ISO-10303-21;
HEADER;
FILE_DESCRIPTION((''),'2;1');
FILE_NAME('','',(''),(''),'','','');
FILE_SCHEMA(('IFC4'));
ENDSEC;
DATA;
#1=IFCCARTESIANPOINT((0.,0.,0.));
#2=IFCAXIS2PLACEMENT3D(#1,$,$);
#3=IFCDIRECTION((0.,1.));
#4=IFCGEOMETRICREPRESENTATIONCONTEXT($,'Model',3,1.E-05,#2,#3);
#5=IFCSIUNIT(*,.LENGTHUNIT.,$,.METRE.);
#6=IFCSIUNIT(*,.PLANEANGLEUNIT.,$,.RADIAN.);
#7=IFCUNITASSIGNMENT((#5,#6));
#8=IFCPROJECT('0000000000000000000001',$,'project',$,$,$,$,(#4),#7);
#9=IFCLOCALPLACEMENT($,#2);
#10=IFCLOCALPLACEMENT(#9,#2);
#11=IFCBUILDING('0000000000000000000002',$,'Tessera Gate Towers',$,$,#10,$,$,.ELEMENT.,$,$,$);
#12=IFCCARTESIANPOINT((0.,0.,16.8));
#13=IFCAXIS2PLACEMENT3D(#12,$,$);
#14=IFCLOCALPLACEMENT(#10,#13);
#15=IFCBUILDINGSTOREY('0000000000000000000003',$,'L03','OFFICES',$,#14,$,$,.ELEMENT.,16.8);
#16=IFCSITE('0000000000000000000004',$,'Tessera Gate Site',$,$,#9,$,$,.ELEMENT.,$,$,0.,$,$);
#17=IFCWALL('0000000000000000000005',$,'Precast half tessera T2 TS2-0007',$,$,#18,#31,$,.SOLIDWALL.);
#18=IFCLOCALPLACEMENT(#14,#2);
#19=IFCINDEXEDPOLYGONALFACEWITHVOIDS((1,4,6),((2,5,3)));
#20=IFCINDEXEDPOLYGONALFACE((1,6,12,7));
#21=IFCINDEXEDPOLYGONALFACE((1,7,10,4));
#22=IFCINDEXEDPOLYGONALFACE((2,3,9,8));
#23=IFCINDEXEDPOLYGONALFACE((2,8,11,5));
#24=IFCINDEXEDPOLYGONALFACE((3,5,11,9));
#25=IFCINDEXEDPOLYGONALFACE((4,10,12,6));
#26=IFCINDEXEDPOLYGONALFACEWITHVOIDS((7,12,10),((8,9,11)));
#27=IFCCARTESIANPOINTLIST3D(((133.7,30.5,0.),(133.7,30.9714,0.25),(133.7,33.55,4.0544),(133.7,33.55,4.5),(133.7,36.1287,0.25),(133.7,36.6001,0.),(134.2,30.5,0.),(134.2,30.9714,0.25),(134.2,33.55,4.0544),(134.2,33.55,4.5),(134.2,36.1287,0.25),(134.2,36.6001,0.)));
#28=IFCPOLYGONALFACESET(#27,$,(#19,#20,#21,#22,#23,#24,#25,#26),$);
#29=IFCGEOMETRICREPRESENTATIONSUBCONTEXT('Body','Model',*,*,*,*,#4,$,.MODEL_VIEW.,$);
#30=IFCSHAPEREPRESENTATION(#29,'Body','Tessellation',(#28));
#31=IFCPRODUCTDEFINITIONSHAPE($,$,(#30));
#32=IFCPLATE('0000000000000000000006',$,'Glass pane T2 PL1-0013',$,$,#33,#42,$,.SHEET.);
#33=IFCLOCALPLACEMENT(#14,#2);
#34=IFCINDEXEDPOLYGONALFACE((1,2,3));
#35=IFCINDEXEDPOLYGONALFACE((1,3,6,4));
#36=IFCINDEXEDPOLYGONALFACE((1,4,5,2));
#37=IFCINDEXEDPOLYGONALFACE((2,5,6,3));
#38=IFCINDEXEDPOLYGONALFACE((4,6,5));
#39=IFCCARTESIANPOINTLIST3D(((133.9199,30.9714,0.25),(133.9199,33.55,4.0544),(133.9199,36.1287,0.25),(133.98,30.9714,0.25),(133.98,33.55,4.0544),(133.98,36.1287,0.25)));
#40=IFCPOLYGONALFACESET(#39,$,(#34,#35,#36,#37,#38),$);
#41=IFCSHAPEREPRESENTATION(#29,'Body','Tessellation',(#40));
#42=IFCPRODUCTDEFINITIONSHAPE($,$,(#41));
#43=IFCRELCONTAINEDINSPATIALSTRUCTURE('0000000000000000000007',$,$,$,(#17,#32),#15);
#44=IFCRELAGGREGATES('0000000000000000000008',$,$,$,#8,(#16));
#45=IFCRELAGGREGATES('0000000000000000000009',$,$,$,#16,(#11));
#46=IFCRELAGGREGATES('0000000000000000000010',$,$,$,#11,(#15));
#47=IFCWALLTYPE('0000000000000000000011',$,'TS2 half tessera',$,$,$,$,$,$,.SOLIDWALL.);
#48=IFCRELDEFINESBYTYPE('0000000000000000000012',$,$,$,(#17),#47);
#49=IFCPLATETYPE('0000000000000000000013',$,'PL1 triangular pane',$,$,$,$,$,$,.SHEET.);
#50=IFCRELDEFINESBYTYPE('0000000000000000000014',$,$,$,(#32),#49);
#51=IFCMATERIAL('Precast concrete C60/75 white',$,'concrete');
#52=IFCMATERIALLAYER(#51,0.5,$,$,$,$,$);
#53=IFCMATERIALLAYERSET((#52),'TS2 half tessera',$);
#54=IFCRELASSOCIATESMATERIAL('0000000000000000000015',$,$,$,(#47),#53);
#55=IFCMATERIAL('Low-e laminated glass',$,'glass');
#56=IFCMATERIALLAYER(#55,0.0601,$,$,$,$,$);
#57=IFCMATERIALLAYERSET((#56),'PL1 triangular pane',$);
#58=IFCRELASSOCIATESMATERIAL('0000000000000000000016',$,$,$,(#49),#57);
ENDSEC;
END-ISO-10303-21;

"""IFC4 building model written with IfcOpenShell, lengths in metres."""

from ifc_helpers import new_model, si_unit, direction, frame, origin, place, context, subcontext, project, spatial, polyline, outline, extrude, source, transform, mapped, material, layer, layer_set, type_object, element, fill, save


model = new_model("IFC4")

# Units and contexts
model_context = context("Model", 3, precision=1e-05, world=origin(), true_north=direction((0.0, 1.0)))
body_context = subcontext(model_context, "Body", "Model", "MODEL_VIEW")
ifc_project = project(units=[si_unit("LENGTHUNIT", "METRE"), si_unit("PLANEANGLEUNIT", "RADIAN")], contexts=[model_context])

# Site, building, storey
site_placement = place(None, origin())
site = spatial("IfcSite", under=ifc_project, at=site_placement, Name="Tessera Gate Site", CompositionType="ELEMENT", RefElevation=0.0)
building_placement = place(site_placement, origin())
building = spatial("IfcBuilding", under=site, at=building_placement, Name="Tessera Gate Towers", CompositionType="ELEMENT")
storey_placement = place(building_placement, frame((0.0, 0.0, 16.8)))
storey = spatial("IfcBuildingStorey", under=building, at=storey_placement, Name="L03", Description="OFFICES", CompositionType="ELEMENT", Elevation=16.8)

# Wall, opening, plate
ifc_material_1 = material(Name="Precast concrete C60/75 white", Category="concrete")
ifc_layer_1 = layer(ifc_material_1, 0.5)
ifc_layer_set_1 = layer_set([ifc_layer_1], Name="TS2 half tessera")
wall_type_1 = type_object("IfcWallType", Name="TS2 half tessera", PredefinedType="SOLIDWALL", material=ifc_layer_set_1)
shared_shape_1 = source(origin(), body_context, "Body", "SweptSolid", [
    extrude(outline(polyline([(6.1001, 0.0), (3.05, 4.5), (0.0, 0.0), (6.1001, 0.0)])), frame((0.0, 0.25, 0.0), z_axis=(0.0, -1.0, 0.0), x_axis=(1.0, 0.0, 0.0)), (0.0, 0.0, 1.0), 0.5),
])
wall_1_placement = place(storey_placement, frame((133.95, 30.5, 0.0), z_axis=(0.0, 0.0, 1.0), x_axis=(0.0, 1.0, 0.0)))
wall_1 = element("IfcWall", 1, at=wall_1_placement, inside=storey, type_object=wall_type_1, Name="Precast half tessera T2 TS2-0007", PredefinedType="SOLIDWALL", context=body_context, shape_type="MappedRepresentation", body=[
    mapped(shared_shape_1, transform((0.0, 0.0, 0.0), scale=1.0)),
])
shared_shape_2 = source(origin(), body_context, "Body", "SweptSolid", [
    extrude(outline(polyline([(5.6287, 0.25), (3.05, 4.0544), (0.4714, 0.25), (5.6287, 0.25)])), frame((0.0, 0.26, 0.0), z_axis=(0.0, -1.0, 0.0), x_axis=(1.0, 0.0, 0.0)), (0.0, 0.0, 1.0), 0.52),
])
opening_1_placement = place(wall_1_placement, origin())
opening_1 = element("IfcOpeningElement", 2, at=opening_1_placement, cuts=wall_1, PredefinedType="OPENING", context=body_context, shape_type="MappedRepresentation", body=[
    mapped(shared_shape_2, transform((0.0, 0.0, 0.0), scale=1.0)),
])
ifc_material_2 = material(Name="Low-e laminated glass", Category="glass")
ifc_layer_2 = layer(ifc_material_2, 0.0601)
ifc_layer_set_2 = layer_set([ifc_layer_2], Name="PL1 triangular pane")
plate_type = type_object("IfcPlateType", Name="PL1 triangular pane", PredefinedType="SHEET", material=ifc_layer_set_2)
shared_shape_3 = source(origin(), body_context, "Body", "SweptSolid", [
    extrude(outline(polyline([(5.6287, 0.25), (3.05, 4.0544), (0.4714, 0.25), (5.6287, 0.25)])), frame((0.0, 0.03, 0.0), z_axis=(0.0, -1.0, 0.0), x_axis=(1.0, 0.0, 0.0)), (0.0, 0.0, 1.0), 0.0601),
])
plate_placement = place(opening_1_placement, origin())
plate = element("IfcPlate", 3, at=plate_placement, inside=storey, type_object=plate_type, Name="Glass pane T2 PL1-0013", PredefinedType="SHEET", context=body_context, shape_type="MappedRepresentation", body=[
    mapped(shared_shape_3, transform((0.0, 0.0, 0.0), scale=1.0)),
])
fill(opening_1, plate)

save(model, "model.ifc")
